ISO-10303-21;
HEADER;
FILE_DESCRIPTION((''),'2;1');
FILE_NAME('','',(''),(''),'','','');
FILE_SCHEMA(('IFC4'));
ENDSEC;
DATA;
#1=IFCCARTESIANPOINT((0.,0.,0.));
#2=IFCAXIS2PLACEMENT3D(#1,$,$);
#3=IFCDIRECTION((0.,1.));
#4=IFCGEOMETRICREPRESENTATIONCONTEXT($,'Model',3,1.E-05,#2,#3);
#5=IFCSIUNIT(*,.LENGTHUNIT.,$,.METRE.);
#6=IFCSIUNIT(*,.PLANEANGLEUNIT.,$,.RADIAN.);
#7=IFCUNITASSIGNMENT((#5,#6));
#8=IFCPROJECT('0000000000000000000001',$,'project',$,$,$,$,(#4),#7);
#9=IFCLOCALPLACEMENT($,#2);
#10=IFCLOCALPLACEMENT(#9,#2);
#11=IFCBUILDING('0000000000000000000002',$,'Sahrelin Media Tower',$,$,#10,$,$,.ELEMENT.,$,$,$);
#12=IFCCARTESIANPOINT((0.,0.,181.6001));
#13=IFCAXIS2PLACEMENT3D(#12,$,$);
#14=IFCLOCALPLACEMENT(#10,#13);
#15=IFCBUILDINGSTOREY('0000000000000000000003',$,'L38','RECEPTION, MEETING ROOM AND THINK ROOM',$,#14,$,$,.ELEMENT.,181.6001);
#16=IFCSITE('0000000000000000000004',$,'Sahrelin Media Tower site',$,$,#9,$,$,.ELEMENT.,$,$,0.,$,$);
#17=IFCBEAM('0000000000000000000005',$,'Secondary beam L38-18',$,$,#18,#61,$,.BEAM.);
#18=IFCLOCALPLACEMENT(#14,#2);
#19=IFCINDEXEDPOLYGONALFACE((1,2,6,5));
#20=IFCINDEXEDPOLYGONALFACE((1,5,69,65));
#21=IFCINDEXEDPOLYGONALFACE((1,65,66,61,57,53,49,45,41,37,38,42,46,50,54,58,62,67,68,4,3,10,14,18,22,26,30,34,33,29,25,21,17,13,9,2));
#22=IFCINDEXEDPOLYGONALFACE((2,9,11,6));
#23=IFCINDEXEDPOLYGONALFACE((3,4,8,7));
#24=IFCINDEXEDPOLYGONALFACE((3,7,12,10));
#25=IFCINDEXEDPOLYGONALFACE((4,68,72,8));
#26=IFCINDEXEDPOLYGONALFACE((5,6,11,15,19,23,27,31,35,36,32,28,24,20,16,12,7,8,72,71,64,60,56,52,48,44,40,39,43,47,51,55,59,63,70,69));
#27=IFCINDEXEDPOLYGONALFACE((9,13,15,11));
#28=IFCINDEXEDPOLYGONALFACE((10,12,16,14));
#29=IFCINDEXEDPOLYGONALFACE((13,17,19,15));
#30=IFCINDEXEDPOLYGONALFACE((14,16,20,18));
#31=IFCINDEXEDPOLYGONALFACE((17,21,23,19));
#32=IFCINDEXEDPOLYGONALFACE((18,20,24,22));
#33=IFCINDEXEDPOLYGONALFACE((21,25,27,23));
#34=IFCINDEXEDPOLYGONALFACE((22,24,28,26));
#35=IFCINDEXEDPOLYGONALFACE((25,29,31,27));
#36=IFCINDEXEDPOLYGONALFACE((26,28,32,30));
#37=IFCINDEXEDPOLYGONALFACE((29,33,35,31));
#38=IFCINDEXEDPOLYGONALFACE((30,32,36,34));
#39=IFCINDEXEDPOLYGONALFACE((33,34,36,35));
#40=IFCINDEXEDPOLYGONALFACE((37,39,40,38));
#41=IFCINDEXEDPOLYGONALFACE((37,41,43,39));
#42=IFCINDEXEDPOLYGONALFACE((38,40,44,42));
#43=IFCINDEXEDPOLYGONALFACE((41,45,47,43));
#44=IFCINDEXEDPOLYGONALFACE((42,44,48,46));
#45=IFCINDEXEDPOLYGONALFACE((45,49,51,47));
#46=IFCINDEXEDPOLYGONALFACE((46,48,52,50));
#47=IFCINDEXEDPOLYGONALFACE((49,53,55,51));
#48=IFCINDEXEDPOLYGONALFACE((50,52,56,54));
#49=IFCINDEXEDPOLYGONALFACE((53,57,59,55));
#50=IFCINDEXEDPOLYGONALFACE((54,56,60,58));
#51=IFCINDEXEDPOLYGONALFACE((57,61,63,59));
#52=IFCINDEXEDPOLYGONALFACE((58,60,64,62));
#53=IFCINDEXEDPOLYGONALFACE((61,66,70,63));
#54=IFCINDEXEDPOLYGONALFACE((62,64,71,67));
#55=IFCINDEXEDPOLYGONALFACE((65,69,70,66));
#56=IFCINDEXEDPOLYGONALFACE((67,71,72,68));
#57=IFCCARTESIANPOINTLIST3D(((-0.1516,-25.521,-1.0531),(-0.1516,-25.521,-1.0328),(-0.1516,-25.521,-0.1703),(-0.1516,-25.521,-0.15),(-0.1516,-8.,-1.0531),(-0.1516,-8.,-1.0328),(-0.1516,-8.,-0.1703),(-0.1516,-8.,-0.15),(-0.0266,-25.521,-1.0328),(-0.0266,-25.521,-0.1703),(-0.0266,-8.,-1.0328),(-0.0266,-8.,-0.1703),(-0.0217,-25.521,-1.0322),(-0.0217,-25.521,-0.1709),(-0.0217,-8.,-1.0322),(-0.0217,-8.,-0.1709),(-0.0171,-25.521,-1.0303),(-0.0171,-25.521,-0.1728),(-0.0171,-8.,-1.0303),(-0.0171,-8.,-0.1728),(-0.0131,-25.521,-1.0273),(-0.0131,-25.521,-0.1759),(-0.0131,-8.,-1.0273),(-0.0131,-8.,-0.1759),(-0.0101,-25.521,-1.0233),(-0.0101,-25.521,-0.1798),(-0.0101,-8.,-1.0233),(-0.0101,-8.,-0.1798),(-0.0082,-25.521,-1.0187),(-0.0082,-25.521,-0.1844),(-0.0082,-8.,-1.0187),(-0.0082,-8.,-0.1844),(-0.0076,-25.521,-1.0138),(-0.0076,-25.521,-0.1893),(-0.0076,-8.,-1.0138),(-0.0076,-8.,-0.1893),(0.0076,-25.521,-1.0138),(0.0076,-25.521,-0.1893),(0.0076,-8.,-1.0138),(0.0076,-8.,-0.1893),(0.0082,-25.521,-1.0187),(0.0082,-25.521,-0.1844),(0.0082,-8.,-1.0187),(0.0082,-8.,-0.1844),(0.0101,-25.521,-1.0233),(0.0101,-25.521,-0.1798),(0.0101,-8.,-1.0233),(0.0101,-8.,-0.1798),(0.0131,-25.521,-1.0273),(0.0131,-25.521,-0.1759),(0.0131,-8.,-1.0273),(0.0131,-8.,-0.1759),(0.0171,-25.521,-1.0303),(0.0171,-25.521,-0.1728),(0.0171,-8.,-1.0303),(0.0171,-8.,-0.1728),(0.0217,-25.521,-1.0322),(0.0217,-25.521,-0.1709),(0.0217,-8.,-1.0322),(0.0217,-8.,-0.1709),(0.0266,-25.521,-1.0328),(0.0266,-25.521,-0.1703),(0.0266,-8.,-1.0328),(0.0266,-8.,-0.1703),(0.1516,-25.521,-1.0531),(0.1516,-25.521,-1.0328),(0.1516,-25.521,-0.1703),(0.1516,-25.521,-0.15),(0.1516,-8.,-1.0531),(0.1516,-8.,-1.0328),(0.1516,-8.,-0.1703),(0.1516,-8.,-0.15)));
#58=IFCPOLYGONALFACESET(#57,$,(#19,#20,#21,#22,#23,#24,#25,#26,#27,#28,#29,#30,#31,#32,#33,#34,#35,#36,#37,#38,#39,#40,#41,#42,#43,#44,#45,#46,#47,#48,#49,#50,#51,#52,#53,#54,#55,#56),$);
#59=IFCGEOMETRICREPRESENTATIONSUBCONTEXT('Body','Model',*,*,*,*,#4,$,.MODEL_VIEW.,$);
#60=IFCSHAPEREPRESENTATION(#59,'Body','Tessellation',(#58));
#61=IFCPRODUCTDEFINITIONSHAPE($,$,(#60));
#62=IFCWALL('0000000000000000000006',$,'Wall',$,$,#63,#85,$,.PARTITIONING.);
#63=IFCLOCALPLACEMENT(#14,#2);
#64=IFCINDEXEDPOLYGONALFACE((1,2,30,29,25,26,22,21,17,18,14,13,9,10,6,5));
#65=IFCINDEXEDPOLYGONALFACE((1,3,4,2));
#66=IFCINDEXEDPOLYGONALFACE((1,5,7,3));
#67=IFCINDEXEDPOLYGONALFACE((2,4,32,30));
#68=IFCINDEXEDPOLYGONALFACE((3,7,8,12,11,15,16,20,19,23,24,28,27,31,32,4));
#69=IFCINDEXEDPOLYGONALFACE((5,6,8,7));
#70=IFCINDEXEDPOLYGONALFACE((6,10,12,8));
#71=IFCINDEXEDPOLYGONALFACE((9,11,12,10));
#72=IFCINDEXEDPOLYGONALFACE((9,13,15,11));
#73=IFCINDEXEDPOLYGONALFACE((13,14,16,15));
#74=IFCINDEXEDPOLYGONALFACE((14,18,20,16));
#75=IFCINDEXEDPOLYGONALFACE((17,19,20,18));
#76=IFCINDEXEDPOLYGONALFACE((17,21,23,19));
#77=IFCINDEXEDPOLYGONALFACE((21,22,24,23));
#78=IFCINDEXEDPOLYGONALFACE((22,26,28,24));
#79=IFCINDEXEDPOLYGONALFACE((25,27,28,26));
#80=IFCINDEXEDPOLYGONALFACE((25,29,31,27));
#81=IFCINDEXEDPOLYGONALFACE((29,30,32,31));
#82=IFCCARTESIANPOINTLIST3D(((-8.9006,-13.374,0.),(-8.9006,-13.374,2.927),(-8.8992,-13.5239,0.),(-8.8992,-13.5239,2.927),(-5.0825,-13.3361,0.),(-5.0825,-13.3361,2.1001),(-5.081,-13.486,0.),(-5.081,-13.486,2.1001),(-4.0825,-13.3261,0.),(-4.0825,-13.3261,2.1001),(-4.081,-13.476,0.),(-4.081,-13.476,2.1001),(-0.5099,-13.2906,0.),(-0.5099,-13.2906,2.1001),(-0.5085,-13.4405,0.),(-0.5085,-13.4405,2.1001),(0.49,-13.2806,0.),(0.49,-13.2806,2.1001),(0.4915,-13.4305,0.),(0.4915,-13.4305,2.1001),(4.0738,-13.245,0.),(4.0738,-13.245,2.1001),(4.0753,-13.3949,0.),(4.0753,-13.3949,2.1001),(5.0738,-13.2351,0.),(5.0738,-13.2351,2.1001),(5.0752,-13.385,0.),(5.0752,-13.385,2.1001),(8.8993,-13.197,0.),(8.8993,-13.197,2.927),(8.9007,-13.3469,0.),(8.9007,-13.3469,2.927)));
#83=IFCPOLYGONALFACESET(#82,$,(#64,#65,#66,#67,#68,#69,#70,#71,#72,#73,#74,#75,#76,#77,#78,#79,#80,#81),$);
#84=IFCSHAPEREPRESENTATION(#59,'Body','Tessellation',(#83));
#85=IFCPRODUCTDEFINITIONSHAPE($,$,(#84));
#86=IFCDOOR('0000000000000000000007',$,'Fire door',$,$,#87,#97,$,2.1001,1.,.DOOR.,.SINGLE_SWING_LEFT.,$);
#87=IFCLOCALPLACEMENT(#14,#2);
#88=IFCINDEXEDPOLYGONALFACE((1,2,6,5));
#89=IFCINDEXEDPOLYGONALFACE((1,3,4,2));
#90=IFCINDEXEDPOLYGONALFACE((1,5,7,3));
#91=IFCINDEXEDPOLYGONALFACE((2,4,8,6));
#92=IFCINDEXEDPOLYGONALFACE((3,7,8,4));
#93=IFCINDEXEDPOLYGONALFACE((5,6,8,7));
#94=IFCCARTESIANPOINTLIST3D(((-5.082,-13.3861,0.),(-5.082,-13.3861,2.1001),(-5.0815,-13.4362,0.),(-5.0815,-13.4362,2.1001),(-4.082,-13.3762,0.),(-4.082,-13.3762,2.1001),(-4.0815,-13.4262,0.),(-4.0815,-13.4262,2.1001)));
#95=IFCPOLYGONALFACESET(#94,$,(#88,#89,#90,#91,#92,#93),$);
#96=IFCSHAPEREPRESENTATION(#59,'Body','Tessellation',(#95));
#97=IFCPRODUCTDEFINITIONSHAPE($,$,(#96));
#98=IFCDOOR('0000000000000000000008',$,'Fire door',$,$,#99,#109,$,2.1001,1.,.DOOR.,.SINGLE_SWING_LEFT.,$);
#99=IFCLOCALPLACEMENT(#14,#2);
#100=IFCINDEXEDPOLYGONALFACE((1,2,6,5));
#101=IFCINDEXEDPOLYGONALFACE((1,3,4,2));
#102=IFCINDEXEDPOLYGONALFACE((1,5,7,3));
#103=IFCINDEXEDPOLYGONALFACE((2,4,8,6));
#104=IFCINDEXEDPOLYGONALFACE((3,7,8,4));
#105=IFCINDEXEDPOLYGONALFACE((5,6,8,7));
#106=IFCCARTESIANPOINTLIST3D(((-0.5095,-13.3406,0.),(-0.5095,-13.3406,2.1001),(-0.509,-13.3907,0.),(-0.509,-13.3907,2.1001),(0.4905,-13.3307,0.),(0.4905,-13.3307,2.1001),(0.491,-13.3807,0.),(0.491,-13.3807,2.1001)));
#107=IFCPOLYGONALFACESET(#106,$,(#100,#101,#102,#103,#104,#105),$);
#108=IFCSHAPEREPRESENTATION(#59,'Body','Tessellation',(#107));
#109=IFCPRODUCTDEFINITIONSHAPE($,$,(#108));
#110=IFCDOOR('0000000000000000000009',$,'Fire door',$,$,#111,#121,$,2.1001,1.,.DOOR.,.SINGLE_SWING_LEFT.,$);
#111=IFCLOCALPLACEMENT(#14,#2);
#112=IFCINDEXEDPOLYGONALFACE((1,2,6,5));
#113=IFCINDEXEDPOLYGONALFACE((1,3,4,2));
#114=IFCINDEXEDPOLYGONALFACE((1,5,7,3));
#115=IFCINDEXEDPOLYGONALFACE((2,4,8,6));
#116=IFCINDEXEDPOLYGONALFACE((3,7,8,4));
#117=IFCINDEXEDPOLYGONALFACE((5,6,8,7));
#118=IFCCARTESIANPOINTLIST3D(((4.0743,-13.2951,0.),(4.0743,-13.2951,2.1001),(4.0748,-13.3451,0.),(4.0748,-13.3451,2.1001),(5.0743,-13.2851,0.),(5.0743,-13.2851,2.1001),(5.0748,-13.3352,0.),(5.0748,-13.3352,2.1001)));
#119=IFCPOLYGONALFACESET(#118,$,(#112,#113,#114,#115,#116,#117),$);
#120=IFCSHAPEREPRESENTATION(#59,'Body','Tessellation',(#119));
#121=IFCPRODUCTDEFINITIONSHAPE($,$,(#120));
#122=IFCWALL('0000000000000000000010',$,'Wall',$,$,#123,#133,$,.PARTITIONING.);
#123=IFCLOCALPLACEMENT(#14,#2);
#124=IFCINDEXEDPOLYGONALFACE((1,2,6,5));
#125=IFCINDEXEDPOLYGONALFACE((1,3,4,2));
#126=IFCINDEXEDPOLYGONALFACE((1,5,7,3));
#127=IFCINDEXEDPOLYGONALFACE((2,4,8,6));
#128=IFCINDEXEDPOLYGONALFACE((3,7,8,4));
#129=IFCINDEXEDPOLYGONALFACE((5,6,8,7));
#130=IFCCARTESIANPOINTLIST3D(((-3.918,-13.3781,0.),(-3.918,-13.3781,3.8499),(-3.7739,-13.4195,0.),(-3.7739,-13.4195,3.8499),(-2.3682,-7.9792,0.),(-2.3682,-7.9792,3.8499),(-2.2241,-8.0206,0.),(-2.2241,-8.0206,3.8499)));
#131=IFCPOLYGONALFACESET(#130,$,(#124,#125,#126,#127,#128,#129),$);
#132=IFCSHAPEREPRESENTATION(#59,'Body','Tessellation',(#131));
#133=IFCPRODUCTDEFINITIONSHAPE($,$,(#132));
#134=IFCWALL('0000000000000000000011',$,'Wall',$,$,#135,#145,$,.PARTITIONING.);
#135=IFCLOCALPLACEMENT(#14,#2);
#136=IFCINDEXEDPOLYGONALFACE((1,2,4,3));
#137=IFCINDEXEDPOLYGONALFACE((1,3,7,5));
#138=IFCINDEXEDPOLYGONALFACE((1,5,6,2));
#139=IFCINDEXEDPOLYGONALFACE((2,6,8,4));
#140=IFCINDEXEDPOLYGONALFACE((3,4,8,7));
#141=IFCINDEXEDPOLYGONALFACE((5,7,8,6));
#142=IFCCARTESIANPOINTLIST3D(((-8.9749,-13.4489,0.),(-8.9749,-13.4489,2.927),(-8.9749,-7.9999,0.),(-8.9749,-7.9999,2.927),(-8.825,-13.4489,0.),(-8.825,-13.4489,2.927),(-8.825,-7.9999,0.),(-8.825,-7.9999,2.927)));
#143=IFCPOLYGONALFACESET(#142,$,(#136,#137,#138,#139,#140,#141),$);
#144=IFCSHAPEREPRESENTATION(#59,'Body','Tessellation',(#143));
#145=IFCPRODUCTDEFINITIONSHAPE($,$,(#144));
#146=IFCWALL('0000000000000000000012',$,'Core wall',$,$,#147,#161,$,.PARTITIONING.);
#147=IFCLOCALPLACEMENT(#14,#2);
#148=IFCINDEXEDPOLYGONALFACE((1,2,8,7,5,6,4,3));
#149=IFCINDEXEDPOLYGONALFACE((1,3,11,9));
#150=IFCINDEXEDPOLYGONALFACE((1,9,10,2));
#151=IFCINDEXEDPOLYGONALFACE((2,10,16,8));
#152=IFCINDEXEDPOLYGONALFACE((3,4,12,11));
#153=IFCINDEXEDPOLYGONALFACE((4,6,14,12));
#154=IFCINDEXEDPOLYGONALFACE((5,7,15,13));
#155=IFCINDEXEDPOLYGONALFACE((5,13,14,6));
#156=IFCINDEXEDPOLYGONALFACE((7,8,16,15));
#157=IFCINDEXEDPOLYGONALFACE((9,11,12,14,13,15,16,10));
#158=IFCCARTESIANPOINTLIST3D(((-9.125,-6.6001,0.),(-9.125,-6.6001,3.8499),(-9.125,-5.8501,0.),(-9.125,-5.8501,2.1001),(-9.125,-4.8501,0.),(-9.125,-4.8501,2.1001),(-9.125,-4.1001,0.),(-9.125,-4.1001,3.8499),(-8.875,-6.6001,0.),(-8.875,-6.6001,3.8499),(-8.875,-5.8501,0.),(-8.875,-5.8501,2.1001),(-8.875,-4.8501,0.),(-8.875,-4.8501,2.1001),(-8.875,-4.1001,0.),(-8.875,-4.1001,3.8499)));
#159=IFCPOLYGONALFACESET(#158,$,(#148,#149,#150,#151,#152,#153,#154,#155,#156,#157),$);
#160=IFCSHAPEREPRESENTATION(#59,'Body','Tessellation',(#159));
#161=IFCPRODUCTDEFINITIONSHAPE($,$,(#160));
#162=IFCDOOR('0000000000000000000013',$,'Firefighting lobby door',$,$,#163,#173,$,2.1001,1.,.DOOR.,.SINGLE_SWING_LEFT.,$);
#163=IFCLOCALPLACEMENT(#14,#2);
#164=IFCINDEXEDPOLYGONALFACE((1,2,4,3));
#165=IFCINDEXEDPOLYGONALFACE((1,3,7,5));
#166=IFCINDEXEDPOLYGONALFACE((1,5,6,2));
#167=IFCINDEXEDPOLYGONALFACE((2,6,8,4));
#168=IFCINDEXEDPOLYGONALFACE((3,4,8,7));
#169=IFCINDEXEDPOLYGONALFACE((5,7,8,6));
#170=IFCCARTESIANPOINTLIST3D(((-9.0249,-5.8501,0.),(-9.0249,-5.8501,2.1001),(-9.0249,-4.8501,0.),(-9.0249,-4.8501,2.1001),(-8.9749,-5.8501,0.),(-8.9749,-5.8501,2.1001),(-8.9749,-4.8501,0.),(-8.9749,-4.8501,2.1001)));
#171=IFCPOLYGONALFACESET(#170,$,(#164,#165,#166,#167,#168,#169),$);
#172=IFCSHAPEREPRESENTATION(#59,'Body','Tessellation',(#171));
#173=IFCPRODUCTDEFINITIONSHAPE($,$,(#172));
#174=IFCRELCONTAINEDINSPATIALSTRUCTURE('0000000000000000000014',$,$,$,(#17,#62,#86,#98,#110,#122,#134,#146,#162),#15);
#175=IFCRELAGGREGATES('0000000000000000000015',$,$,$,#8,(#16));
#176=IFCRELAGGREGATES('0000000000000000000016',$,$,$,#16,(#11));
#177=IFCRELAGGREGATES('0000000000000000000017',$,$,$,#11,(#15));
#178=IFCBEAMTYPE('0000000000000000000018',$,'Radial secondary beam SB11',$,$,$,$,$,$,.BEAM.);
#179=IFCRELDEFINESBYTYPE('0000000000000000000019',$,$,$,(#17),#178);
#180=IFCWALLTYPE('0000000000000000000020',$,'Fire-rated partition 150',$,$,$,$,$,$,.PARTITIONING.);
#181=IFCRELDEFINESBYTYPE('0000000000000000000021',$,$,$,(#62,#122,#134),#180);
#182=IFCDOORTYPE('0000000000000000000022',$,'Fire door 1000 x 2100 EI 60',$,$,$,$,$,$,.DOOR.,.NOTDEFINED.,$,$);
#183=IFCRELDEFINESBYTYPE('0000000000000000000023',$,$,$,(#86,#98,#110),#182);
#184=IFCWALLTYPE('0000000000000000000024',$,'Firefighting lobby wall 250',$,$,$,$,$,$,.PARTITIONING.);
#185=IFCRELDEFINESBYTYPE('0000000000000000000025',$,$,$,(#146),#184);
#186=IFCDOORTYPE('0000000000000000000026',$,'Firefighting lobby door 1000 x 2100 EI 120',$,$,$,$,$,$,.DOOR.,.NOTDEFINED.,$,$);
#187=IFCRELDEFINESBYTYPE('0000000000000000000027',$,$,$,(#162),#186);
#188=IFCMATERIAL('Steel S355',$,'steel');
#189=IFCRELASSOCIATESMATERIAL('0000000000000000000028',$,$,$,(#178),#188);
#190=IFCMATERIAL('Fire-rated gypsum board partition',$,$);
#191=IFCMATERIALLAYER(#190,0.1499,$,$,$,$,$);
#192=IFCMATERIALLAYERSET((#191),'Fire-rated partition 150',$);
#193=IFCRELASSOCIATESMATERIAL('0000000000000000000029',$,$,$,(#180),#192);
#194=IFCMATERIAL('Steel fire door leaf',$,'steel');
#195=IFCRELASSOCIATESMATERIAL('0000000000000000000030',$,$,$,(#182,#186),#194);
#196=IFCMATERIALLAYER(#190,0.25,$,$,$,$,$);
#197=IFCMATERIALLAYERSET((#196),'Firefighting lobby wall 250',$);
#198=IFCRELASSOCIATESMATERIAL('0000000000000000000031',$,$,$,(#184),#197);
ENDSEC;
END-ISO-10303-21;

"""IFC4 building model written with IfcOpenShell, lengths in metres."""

from ifc_helpers import new_model, si_unit, direction, frame, frame_2d, origin, origin_2d, place, context, subcontext, project, spatial, rectangle, i_section, extrude, material, layer, layer_set, material_profile, profile_set, type_object, element, fill, save


model = new_model("IFC4")

# Units and contexts
model_context = context("Model", 3, precision=1e-05, world=origin(), true_north=direction((0.0, 1.0)))
body_context = subcontext(model_context, "Body", "Model", "MODEL_VIEW")
ifc_project = project(units=[si_unit("LENGTHUNIT", "METRE"), si_unit("PLANEANGLEUNIT", "RADIAN")], contexts=[model_context])

# Site, building, storey
site_placement = place(None, origin())
site = spatial("IfcSite", under=ifc_project, at=site_placement, Name="Sahrelin Media Tower site", CompositionType="ELEMENT", RefElevation=0.0)
building_placement = place(site_placement, origin())
building = spatial("IfcBuilding", under=site, at=building_placement, Name="Sahrelin Media Tower", CompositionType="ELEMENT")
storey_placement = place(building_placement, frame((0.0, 0.0, 181.6001)))
storey = spatial("IfcBuildingStorey", under=building, at=storey_placement, Name="L38", Description="RECEPTION, MEETING ROOM AND THINK ROOM", CompositionType="ELEMENT", Elevation=181.6001)

# Beam
ifc_material_1 = material(Name="Steel S355", Category="steel")
ifc_material_profile_1 = material_profile(ifc_material_1, i_section(OverallWidth=0.3032, OverallDepth=0.9031, WebThickness=0.0151, FlangeThickness=0.0203, FilletRadius=0.019, at=origin_2d()), Name="UB 914x305x201")
ifc_profile_set_1 = profile_set([ifc_material_profile_1], Name="Steel S355")
beam_type_1 = type_object("IfcBeamType", Name="Radial secondary beam SB11", PredefinedType="BEAM", material=ifc_profile_set_1)
beam_1_placement = place(storey_placement, frame((0.0, -8.0, -0.6016), z_axis=(0.0, -1.0, 0.0), x_axis=(1.0, 0.0, 0.0)))
element("IfcBeam", 1, at=beam_1_placement, inside=storey, type_object=beam_type_1, Name="Secondary beam L38-18", PredefinedType="BEAM", context=body_context, shape_type="SweptSolid", body=[
    extrude(i_section(OverallWidth=0.3032, OverallDepth=0.9031, WebThickness=0.0151, FlangeThickness=0.0203, FilletRadius=0.019, at=origin_2d()), origin(), (0.0, 0.0, 1.0), 17.521),
])

# Wall, openings, doors
ifc_material_2 = material(Name="Fire-rated gypsum board partition")
ifc_layer_1 = layer(ifc_material_2, 0.1499)
ifc_layer_set_1 = layer_set([ifc_layer_1], Name="Fire-rated partition 150")
wall_type_1 = type_object("IfcWallType", Name="Fire-rated partition 150", PredefinedType="PARTITIONING", material=ifc_layer_set_1)
wall_1_placement = place(storey_placement, frame((-8.8999, -13.449, 0.0), z_axis=(0.0, 0.0, 1.0), x_axis=(0.999951, 0.009944, 0.0)))
wall_1 = element("IfcWall", 2, at=wall_1_placement, inside=storey, type_object=wall_type_1, Name="Wall", PredefinedType="PARTITIONING", context=body_context, shape_type="SweptSolid", body=[
    extrude(rectangle(XDim=17.8008, YDim=0.1499, at=frame_2d((8.9004, 0.0))), origin(), (0.0, 0.0, 1.0), 2.927),
])
opening_1_placement = place(wall_1_placement, frame((3.8184, 0.0, 0.0)))
opening_1 = element("IfcOpeningElement", 3, at=opening_1_placement, cuts=wall_1, PredefinedType="OPENING", context=body_context, shape_type="SweptSolid", body=[
    extrude(rectangle(XDim=1.0, YDim=2.1001, at=frame_2d((0.5, 1.05))), frame((0.0, 0.075, 0.0), z_axis=(0.0, -1.0, 0.0), x_axis=(1.0, 0.0, 0.0)), (0.0, 0.0, 1.0), 0.1499),
])
opening_2_placement = place(wall_1_placement, frame((8.3911, 0.0, 0.0)))
opening_2 = element("IfcOpeningElement", 4, at=opening_2_placement, cuts=wall_1, PredefinedType="OPENING", context=body_context, shape_type="SweptSolid", body=[
    extrude(rectangle(XDim=1.0, YDim=2.1001, at=frame_2d((0.5, 1.05))), frame((0.0, 0.075, 0.0), z_axis=(0.0, -1.0, 0.0), x_axis=(1.0, 0.0, 0.0)), (0.0, 0.0, 1.0), 0.1499),
])
opening_3_placement = place(wall_1_placement, frame((12.9751, 0.0, 0.0)))
opening_3 = element("IfcOpeningElement", 5, at=opening_3_placement, cuts=wall_1, PredefinedType="OPENING", context=body_context, shape_type="SweptSolid", body=[
    extrude(rectangle(XDim=1.0, YDim=2.1001, at=frame_2d((0.5, 1.05))), frame((0.0, 0.075, 0.0), z_axis=(0.0, -1.0, 0.0), x_axis=(1.0, 0.0, 0.0)), (0.0, 0.0, 1.0), 0.1499),
])
ifc_material_3 = material(Name="Steel fire door leaf", Category="steel")
door_type_1 = type_object("IfcDoorType", Name="Fire door 1000 x 2100 EI 60", OperationType="NOTDEFINED", PredefinedType="DOOR", material=ifc_material_3)
door_1_placement = place(opening_1_placement, origin())
door_1 = element("IfcDoor", 6, at=door_1_placement, inside=storey, type_object=door_type_1, Name="Fire door", OperationType="SINGLE_SWING_LEFT", OverallHeight=2.1001, OverallWidth=1.0, PredefinedType="DOOR", context=body_context, shape_type="SweptSolid", body=[
    extrude(rectangle(XDim=1.0, YDim=2.1001, at=frame_2d((0.5, 1.05))), frame((0.0, 0.0249, 0.0), z_axis=(0.0, -1.0, 0.0), x_axis=(1.0, 0.0, 0.0)), (0.0, 0.0, 1.0), 0.05),
])
fill(opening_1, door_1)
door_2_placement = place(opening_2_placement, origin())
door_2 = element("IfcDoor", 7, at=door_2_placement, inside=storey, type_object=door_type_1, Name="Fire door", OperationType="SINGLE_SWING_LEFT", OverallHeight=2.1001, OverallWidth=1.0, PredefinedType="DOOR", context=body_context, shape_type="SweptSolid", body=[
    extrude(rectangle(XDim=1.0, YDim=2.1001, at=frame_2d((0.5, 1.05))), frame((0.0, 0.0249, 0.0), z_axis=(0.0, -1.0, 0.0), x_axis=(1.0, 0.0, 0.0)), (0.0, 0.0, 1.0), 0.05),
])
fill(opening_2, door_2)
door_3_placement = place(opening_3_placement, origin())
door_3 = element("IfcDoor", 8, at=door_3_placement, inside=storey, type_object=door_type_1, Name="Fire door", OperationType="SINGLE_SWING_LEFT", OverallHeight=2.1001, OverallWidth=1.0, PredefinedType="DOOR", context=body_context, shape_type="SweptSolid", body=[
    extrude(rectangle(XDim=1.0, YDim=2.1001, at=frame_2d((0.5, 1.05))), frame((0.0, 0.0249, 0.0), z_axis=(0.0, -1.0, 0.0), x_axis=(1.0, 0.0, 0.0)), (0.0, 0.0, 1.0), 0.05),
])
fill(opening_3, door_3)

# Walls
wall_2_placement = place(storey_placement, frame((-3.8459, -13.3989, 0.0), z_axis=(0.0, 0.0, 1.0), x_axis=(0.275915, 0.961182, 0.0)))
element("IfcWall", 9, at=wall_2_placement, inside=storey, type_object=wall_type_1, Name="Wall", PredefinedType="PARTITIONING", context=body_context, shape_type="SweptSolid", body=[
    extrude(rectangle(XDim=5.6169, YDim=0.1499, at=frame_2d((2.8086, 0.0))), origin(), (0.0, 0.0, 1.0), 3.8499),
])
wall_3_placement = place(storey_placement, frame((-8.8999, -13.449, 0.0), z_axis=(0.0, 0.0, 1.0), x_axis=(0.0, 1.0, 0.0)))
element("IfcWall", 10, at=wall_3_placement, inside=storey, type_object=wall_type_1, Name="Wall", PredefinedType="PARTITIONING", context=body_context, shape_type="SweptSolid", body=[
    extrude(rectangle(XDim=5.449, YDim=0.1499, at=frame_2d((2.7246, 0.0))), origin(), (0.0, 0.0, 1.0), 2.927),
])

# Wall, opening, door
ifc_layer_2 = layer(ifc_material_2, 0.25)
ifc_layer_set_2 = layer_set([ifc_layer_2], Name="Firefighting lobby wall 250")
wall_type_2 = type_object("IfcWallType", Name="Firefighting lobby wall 250", PredefinedType="PARTITIONING", material=ifc_layer_set_2)
wall_4_placement = place(storey_placement, frame((-9.0, -6.6001, 0.0), z_axis=(0.0, 0.0, 1.0), x_axis=(0.0, 1.0, 0.0)))
wall_4 = element("IfcWall", 11, at=wall_4_placement, inside=storey, type_object=wall_type_2, Name="Core wall", PredefinedType="PARTITIONING", context=body_context, shape_type="SweptSolid", body=[
    extrude(rectangle(XDim=2.5, YDim=0.25, at=frame_2d((1.25, 0.0))), origin(), (0.0, 0.0, 1.0), 3.8499),
])
opening_4_placement = place(wall_4_placement, frame((0.75, 0.0, 0.0)))
opening_4 = element("IfcOpeningElement", 12, at=opening_4_placement, cuts=wall_4, PredefinedType="OPENING", context=body_context, shape_type="SweptSolid", body=[
    extrude(rectangle(XDim=1.0, YDim=2.1001, at=frame_2d((0.5, 1.05))), frame((0.0, 0.125, 0.0), z_axis=(0.0, -1.0, 0.0), x_axis=(1.0, 0.0, 0.0)), (0.0, 0.0, 1.0), 0.25),
])
door_type_2 = type_object("IfcDoorType", Name="Firefighting lobby door 1000 x 2100 EI 120", OperationType="NOTDEFINED", PredefinedType="DOOR", material=ifc_material_3)
door_4_placement = place(opening_4_placement, origin())
door_4 = element("IfcDoor", 13, at=door_4_placement, inside=storey, type_object=door_type_2, Name="Firefighting lobby door", OperationType="SINGLE_SWING_LEFT", OverallHeight=2.1001, OverallWidth=1.0, PredefinedType="DOOR", context=body_context, shape_type="SweptSolid", body=[
    extrude(rectangle(XDim=1.0, YDim=2.1001, at=frame_2d((0.5, 1.05))), frame((0.0, 0.0249, 0.0), z_axis=(0.0, -1.0, 0.0), x_axis=(1.0, 0.0, 0.0)), (0.0, 0.0, 1.0), 0.05),
])
fill(opening_4, door_4)

save(model, "model.ifc")
